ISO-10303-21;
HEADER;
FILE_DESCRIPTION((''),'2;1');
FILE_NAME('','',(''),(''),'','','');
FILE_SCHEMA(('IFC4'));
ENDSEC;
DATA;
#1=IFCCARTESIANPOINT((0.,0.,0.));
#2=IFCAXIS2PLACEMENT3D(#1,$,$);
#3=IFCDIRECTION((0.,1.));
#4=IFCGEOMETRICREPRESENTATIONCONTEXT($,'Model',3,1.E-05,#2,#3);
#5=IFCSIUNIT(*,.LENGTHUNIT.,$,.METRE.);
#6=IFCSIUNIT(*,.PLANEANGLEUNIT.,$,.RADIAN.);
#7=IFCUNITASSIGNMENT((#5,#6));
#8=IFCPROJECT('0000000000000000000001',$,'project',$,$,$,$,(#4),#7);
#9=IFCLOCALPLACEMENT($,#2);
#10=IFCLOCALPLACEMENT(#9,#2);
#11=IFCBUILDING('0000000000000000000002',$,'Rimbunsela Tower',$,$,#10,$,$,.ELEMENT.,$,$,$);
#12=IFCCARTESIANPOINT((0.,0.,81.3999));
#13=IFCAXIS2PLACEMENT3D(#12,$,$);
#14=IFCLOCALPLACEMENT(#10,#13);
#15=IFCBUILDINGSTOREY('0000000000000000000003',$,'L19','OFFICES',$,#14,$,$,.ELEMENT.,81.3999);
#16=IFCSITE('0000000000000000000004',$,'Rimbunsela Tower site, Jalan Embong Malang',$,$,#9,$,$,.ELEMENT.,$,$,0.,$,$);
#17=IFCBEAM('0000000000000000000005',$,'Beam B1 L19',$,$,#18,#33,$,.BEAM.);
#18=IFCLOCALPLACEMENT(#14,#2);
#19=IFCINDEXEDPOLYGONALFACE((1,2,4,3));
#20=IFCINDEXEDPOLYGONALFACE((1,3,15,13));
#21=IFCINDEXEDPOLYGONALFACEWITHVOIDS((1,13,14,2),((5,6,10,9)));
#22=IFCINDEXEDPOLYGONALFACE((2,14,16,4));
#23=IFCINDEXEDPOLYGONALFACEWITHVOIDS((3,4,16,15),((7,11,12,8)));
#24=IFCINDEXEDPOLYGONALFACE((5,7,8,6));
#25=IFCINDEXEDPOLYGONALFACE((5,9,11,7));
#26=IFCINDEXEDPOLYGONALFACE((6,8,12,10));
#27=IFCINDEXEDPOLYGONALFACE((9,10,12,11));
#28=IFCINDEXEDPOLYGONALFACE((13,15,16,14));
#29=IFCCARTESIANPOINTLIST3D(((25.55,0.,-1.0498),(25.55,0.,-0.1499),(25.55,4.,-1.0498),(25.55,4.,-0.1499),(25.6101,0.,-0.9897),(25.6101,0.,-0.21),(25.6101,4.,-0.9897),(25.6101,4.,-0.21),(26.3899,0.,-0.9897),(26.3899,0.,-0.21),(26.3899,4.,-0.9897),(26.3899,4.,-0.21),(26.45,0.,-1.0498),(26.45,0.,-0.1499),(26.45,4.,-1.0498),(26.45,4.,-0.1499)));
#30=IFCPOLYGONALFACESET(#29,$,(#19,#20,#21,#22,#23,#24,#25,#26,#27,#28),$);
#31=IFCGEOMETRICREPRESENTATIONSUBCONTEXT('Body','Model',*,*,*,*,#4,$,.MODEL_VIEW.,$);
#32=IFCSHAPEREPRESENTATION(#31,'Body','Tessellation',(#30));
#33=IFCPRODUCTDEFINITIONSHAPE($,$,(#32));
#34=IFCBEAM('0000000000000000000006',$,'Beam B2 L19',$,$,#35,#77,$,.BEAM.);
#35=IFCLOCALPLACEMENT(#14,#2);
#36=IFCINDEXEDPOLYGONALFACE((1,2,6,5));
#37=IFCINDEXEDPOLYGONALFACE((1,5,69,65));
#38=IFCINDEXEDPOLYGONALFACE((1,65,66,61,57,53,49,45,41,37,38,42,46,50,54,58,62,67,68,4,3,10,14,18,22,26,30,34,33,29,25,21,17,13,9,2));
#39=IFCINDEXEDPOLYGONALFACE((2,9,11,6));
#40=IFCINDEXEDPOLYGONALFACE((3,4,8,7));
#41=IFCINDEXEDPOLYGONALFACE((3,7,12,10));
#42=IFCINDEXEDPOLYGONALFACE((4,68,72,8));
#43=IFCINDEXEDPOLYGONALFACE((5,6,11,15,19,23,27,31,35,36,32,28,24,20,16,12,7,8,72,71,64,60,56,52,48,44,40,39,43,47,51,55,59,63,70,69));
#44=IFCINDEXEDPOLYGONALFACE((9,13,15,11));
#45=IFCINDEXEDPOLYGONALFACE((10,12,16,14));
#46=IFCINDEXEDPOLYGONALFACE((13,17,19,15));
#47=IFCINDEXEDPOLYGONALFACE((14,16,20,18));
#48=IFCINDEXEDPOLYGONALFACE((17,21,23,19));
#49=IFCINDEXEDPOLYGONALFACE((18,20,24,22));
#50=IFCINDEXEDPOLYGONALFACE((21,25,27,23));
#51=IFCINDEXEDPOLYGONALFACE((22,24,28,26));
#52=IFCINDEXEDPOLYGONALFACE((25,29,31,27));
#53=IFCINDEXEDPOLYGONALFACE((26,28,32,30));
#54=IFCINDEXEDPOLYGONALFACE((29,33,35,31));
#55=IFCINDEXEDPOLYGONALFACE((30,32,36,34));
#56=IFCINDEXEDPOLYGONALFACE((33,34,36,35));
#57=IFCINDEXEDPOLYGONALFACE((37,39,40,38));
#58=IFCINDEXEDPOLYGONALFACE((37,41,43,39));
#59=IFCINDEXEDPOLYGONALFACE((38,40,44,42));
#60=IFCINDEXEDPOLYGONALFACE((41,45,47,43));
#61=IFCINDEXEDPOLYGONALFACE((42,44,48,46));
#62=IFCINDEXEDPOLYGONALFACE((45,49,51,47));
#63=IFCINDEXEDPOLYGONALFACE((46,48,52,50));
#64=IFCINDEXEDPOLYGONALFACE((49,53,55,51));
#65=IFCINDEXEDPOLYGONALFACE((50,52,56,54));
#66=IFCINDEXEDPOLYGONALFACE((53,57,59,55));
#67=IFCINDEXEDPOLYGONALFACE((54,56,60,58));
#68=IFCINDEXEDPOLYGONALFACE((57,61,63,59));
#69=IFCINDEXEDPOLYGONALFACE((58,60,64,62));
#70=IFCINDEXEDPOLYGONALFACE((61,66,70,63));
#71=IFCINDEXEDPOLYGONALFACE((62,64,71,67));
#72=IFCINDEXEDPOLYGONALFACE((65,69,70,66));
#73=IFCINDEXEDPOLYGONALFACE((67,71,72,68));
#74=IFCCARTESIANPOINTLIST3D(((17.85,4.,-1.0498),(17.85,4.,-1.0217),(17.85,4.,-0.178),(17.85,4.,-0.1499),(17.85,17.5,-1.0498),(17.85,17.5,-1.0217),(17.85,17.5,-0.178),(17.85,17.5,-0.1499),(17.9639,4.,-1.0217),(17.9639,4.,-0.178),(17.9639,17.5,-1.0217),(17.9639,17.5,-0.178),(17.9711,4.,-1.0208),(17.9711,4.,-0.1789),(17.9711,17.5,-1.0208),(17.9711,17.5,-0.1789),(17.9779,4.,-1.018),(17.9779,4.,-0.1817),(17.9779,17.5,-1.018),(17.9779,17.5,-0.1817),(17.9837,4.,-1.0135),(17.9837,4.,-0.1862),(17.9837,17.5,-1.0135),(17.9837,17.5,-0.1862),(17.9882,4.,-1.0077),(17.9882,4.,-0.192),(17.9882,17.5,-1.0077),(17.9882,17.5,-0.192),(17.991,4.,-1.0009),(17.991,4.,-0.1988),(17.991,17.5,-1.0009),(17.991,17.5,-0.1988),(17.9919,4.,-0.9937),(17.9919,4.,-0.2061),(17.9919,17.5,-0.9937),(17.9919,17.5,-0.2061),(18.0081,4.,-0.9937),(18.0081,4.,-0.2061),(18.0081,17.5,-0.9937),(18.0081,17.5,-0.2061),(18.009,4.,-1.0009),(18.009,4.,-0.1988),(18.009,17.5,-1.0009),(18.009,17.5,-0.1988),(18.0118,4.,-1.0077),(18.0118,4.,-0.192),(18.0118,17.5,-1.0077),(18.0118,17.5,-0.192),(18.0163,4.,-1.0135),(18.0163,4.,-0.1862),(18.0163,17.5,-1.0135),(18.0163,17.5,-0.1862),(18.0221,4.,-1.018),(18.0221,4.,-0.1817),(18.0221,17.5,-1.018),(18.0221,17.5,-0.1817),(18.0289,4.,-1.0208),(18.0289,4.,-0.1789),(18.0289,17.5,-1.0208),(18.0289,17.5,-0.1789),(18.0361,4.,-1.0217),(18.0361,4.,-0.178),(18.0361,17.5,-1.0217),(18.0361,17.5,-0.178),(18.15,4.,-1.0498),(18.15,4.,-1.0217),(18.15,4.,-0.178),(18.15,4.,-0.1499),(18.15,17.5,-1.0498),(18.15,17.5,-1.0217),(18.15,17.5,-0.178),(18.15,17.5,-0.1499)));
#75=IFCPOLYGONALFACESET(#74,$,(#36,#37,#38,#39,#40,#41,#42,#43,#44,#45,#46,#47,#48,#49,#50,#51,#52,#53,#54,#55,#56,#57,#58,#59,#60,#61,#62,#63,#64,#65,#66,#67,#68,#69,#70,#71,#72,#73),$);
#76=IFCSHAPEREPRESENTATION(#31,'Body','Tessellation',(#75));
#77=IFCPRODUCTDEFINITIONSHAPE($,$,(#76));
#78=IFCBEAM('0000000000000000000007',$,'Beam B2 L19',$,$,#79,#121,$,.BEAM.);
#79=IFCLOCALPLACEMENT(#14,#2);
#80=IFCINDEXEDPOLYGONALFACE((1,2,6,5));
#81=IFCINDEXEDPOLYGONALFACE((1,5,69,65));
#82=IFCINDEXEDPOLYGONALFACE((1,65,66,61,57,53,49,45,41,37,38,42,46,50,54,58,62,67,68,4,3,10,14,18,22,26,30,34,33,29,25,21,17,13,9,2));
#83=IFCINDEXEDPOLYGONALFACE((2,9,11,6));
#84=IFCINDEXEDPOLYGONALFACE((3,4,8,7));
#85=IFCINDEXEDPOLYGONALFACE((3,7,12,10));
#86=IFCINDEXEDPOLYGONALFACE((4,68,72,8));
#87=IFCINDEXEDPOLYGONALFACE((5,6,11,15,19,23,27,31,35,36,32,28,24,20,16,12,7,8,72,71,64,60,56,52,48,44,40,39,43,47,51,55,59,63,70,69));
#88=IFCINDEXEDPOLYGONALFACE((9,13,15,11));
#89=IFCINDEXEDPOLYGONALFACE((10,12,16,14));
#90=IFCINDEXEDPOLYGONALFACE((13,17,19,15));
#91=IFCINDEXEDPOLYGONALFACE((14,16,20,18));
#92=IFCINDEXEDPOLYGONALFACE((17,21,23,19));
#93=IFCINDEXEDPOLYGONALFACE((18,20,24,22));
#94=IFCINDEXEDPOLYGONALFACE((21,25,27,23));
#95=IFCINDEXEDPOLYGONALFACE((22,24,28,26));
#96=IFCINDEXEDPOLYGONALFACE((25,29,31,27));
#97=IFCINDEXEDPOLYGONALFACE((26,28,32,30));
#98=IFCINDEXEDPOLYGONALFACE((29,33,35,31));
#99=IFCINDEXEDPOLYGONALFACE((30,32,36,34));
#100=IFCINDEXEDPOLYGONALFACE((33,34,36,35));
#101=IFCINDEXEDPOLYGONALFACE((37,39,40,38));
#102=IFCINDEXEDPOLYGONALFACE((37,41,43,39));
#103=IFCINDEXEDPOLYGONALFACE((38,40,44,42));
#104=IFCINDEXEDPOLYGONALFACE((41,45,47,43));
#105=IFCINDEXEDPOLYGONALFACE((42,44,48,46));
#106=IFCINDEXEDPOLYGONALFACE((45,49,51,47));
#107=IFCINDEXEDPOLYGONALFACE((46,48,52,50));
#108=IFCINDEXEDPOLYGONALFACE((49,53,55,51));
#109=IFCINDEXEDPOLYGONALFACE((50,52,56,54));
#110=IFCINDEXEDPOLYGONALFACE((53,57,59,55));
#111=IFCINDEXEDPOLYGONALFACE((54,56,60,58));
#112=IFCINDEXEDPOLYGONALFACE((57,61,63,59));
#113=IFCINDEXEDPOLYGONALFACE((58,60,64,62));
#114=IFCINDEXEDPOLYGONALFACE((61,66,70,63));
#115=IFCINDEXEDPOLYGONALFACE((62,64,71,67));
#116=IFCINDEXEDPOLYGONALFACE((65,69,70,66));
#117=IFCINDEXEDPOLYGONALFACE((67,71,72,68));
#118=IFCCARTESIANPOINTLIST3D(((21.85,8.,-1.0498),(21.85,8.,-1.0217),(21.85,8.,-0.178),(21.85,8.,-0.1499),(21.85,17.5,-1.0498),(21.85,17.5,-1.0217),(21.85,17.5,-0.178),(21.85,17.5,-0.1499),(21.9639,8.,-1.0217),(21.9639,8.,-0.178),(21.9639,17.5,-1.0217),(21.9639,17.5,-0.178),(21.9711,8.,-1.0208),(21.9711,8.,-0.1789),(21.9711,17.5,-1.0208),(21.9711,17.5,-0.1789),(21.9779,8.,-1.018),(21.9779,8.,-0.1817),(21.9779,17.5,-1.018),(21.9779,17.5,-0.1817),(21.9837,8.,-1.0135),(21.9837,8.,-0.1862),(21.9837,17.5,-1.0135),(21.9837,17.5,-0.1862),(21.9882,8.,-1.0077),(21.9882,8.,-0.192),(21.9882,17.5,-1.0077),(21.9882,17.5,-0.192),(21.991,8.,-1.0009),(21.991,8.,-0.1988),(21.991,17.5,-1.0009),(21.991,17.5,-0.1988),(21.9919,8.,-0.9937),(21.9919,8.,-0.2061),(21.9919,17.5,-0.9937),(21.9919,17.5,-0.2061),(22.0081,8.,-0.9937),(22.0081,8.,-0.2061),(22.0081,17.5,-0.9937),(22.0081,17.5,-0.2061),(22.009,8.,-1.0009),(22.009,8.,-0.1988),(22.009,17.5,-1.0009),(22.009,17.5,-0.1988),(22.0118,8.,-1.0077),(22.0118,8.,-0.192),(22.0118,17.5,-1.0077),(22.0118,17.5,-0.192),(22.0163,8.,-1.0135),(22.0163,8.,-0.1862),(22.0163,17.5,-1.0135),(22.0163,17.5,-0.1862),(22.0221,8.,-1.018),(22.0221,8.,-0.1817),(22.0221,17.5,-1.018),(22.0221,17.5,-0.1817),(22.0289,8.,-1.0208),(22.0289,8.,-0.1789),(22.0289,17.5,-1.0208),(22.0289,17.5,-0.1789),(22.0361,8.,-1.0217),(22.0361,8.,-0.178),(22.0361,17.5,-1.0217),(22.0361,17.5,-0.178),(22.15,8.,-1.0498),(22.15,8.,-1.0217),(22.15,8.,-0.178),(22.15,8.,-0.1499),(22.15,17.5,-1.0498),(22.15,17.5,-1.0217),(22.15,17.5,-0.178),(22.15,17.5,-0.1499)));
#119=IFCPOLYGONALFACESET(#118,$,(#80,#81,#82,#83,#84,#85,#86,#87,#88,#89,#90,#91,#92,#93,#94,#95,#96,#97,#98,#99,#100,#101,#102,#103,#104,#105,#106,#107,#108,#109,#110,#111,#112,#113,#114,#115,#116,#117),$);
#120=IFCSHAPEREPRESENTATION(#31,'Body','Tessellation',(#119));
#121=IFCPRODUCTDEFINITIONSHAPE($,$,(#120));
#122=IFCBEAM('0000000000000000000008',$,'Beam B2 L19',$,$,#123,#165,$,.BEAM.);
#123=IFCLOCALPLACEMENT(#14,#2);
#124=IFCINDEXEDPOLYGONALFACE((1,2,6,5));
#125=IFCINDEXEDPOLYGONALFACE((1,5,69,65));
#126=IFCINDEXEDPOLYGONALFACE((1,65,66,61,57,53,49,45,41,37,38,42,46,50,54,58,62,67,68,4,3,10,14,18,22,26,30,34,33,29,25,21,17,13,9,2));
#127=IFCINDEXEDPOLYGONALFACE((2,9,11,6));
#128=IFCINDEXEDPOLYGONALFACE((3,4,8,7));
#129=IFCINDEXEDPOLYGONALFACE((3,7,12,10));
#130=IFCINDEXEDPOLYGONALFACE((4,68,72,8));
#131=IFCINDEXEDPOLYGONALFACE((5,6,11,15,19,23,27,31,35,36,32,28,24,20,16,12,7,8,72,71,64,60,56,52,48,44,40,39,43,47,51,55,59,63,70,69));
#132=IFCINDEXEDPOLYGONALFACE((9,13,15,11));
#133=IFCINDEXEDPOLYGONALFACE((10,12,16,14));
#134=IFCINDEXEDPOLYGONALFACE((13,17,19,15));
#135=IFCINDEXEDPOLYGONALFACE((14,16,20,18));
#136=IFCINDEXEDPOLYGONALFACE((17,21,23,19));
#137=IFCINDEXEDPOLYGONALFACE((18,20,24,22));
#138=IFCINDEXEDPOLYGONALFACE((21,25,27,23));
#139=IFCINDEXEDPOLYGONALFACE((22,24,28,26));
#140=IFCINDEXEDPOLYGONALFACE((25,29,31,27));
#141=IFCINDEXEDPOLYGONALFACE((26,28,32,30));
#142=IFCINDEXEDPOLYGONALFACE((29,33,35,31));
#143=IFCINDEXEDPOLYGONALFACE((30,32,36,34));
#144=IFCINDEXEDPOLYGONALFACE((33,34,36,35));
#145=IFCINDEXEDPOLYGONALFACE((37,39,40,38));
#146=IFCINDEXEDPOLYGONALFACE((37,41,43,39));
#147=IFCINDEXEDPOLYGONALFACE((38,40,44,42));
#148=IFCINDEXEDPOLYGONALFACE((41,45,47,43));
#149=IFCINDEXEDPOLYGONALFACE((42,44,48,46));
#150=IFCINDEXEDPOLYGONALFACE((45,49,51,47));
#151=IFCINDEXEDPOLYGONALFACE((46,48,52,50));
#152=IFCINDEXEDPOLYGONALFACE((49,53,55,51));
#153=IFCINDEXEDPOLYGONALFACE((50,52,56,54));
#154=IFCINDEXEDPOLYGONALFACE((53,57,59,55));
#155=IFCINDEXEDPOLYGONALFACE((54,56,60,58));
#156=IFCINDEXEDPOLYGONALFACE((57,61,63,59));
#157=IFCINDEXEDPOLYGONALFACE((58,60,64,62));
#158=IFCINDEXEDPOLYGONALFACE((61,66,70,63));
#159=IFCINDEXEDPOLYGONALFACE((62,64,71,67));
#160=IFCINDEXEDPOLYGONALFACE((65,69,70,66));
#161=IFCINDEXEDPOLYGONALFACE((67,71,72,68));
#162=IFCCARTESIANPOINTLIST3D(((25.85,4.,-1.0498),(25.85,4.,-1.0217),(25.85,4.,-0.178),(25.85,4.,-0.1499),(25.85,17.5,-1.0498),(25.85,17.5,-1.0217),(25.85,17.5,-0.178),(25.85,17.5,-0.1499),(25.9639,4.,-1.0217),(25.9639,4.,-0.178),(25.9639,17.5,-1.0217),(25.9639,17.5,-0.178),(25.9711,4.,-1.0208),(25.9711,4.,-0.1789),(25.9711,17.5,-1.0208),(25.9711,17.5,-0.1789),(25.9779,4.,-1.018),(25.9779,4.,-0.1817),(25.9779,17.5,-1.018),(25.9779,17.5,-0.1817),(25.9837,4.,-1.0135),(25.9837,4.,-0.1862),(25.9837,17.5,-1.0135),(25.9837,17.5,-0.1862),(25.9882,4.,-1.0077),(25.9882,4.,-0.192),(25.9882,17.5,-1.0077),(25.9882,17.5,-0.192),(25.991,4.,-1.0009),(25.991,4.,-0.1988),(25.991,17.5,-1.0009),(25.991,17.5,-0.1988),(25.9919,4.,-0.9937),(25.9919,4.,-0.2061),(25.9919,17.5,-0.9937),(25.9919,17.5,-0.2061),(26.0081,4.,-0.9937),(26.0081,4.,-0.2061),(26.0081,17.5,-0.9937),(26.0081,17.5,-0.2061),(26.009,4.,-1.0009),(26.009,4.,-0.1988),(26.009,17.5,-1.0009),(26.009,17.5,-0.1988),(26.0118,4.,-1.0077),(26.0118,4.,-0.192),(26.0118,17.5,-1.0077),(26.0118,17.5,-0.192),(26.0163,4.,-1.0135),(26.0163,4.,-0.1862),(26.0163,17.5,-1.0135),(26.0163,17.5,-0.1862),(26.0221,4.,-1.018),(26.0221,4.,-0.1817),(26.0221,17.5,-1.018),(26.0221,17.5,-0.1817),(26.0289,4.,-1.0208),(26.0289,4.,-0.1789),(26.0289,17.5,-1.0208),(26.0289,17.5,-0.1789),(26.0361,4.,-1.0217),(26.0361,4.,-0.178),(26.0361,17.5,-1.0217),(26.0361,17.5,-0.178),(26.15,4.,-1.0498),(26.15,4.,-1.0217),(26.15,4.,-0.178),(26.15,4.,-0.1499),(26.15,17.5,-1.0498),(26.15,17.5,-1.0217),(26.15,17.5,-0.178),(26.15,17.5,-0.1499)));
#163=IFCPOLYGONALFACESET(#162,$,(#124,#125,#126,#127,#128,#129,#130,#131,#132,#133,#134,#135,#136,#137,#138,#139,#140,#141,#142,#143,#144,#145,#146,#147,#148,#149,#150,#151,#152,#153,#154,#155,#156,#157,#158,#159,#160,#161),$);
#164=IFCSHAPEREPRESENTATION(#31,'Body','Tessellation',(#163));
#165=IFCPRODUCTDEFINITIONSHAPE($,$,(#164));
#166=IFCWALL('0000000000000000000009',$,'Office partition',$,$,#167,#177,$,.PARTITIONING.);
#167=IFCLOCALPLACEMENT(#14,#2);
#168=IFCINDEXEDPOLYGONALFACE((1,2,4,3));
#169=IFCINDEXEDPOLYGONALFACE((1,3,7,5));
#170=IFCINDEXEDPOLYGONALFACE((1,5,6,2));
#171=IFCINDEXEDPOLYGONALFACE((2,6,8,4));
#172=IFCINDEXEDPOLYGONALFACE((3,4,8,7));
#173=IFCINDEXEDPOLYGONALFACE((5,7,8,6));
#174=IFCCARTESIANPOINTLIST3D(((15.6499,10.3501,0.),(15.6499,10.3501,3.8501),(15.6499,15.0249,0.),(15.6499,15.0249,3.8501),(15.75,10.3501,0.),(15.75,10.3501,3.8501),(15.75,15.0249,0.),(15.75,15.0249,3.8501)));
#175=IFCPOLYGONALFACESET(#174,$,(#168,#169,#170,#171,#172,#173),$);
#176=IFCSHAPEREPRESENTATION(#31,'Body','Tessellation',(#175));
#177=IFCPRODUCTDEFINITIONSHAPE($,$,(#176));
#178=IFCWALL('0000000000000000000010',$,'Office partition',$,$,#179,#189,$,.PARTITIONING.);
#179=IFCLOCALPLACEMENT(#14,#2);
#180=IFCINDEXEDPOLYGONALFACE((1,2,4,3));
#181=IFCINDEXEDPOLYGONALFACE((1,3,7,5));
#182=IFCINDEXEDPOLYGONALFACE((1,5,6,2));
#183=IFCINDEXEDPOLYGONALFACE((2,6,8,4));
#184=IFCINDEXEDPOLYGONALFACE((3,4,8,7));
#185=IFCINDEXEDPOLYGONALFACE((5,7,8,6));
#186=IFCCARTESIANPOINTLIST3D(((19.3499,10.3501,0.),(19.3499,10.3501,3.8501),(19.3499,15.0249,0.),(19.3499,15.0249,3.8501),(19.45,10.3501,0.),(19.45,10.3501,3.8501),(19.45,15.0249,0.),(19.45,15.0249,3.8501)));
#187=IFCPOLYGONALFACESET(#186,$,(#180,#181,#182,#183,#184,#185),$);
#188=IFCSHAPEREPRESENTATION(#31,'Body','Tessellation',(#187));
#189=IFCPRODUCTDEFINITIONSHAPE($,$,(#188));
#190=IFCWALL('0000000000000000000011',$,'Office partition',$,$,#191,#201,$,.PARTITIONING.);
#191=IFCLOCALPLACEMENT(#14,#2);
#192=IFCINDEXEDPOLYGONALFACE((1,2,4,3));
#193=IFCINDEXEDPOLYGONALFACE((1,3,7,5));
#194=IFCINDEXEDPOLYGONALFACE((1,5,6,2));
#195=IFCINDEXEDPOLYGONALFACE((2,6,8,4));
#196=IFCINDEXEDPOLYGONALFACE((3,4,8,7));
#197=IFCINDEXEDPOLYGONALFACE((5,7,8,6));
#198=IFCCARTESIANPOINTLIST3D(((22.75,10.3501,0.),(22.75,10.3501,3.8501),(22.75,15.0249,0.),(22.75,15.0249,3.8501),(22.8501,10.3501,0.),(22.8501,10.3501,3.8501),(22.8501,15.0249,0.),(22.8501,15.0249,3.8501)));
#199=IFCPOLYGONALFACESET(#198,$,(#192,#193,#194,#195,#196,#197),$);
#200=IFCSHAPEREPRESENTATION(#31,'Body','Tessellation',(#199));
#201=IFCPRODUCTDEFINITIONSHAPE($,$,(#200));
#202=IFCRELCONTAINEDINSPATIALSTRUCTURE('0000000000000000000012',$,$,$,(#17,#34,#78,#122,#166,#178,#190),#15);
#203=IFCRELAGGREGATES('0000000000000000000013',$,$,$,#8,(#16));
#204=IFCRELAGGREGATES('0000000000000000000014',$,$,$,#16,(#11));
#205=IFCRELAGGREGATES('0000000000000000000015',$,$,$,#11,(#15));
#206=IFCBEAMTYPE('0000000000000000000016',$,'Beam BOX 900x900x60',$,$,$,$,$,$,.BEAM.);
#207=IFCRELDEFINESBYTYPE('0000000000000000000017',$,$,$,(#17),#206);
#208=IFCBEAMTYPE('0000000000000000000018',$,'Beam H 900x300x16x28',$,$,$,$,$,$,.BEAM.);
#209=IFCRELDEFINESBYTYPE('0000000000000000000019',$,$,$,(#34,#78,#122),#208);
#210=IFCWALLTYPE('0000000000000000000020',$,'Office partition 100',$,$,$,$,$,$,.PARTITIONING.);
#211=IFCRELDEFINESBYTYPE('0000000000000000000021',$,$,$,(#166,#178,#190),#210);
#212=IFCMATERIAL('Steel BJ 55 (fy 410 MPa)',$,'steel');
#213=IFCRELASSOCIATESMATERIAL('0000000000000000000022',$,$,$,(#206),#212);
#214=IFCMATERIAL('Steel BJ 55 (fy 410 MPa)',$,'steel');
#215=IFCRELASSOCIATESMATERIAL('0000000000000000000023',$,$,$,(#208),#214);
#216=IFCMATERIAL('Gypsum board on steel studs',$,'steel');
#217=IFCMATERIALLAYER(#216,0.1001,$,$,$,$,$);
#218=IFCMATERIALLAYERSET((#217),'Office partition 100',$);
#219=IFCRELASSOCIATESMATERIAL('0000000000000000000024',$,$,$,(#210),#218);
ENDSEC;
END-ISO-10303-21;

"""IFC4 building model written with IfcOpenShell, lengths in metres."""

from ifc_helpers import new_model, si_unit, direction, frame, frame_2d, origin, origin_2d, place, context, subcontext, project, spatial, rectangle, hollow_rectangle, i_section, extrude, material, layer, layer_set, material_profile, profile_set, type_object, element, save


model = new_model("IFC4")

# Units and contexts
model_context = context("Model", 3, precision=1e-05, world=origin(), true_north=direction((0.0, 1.0)))
body_context = subcontext(model_context, "Body", "Model", "MODEL_VIEW")
ifc_project = project(units=[si_unit("LENGTHUNIT", "METRE"), si_unit("PLANEANGLEUNIT", "RADIAN")], contexts=[model_context])

# Site, building, storey
site_placement = place(None, origin())
site = spatial("IfcSite", under=ifc_project, at=site_placement, Name="Rimbunsela Tower site, Jalan Embong Malang", CompositionType="ELEMENT", RefElevation=0.0)
building_placement = place(site_placement, origin())
building = spatial("IfcBuilding", under=site, at=building_placement, Name="Rimbunsela Tower", CompositionType="ELEMENT")
storey_placement = place(building_placement, frame((0.0, 0.0, 81.3999)))
storey = spatial("IfcBuildingStorey", under=building, at=storey_placement, Name="L19", Description="OFFICES", CompositionType="ELEMENT", Elevation=81.3999)

# Beams
ifc_material_1 = material(Name="Steel BJ 55 (fy 410 MPa)", Category="steel")
ifc_material_profile_1 = material_profile(ifc_material_1, hollow_rectangle(XDim=0.8999, YDim=0.8999, WallThickness=0.0601, at=origin_2d()), Name="BOX 900x900x60")
ifc_profile_set_1 = profile_set([ifc_material_profile_1], Name="Steel BJ 55 (fy 410 MPa)")
beam_type_1 = type_object("IfcBeamType", Name="Beam BOX 900x900x60", PredefinedType="BEAM", material=ifc_profile_set_1)
beam_1_placement = place(storey_placement, frame((26.0, 0.0, -0.5999), z_axis=(0.0, 1.0, 0.0), x_axis=(-1.0, 0.0, 0.0)))
element("IfcBeam", 1, at=beam_1_placement, inside=storey, type_object=beam_type_1, Name="Beam B1 L19", PredefinedType="BEAM", context=body_context, shape_type="SweptSolid", body=[
    extrude(hollow_rectangle(XDim=0.8999, YDim=0.8999, WallThickness=0.0601, at=origin_2d()), origin(), (0.0, 0.0, 1.0), 4.0),
])
ifc_material_2 = material(Name="Steel BJ 55 (fy 410 MPa)", Category="steel")
ifc_material_profile_2 = material_profile(ifc_material_2, i_section(OverallWidth=0.3, OverallDepth=0.8999, WebThickness=0.0161, FlangeThickness=0.0281, FilletRadius=0.0281, at=origin_2d()), Name="H 900x300x16x28")
ifc_profile_set_2 = profile_set([ifc_material_profile_2], Name="Steel BJ 55 (fy 410 MPa)")
beam_type_2 = type_object("IfcBeamType", Name="Beam H 900x300x16x28", PredefinedType="BEAM", material=ifc_profile_set_2)
beam_2_placement = place(storey_placement, frame((18.0, 4.0, -0.5999), z_axis=(0.0, 1.0, 0.0), x_axis=(-1.0, 0.0, 0.0)))
element("IfcBeam", 2, at=beam_2_placement, inside=storey, type_object=beam_type_2, Name="Beam B2 L19", PredefinedType="BEAM", context=body_context, shape_type="SweptSolid", body=[
    extrude(i_section(OverallWidth=0.3, OverallDepth=0.8999, WebThickness=0.0161, FlangeThickness=0.0281, FilletRadius=0.0281, at=origin_2d()), origin(), (0.0, 0.0, 1.0), 13.5),
])
beam_3_placement = place(storey_placement, frame((22.0, 8.0, -0.5999), z_axis=(0.0, 1.0, 0.0), x_axis=(-1.0, 0.0, 0.0)))
element("IfcBeam", 3, at=beam_3_placement, inside=storey, type_object=beam_type_2, Name="Beam B2 L19", PredefinedType="BEAM", context=body_context, shape_type="SweptSolid", body=[
    extrude(i_section(OverallWidth=0.3, OverallDepth=0.8999, WebThickness=0.0161, FlangeThickness=0.0281, FilletRadius=0.0281, at=origin_2d()), origin(), (0.0, 0.0, 1.0), 9.5),
])
beam_4_placement = place(storey_placement, frame((26.0, 4.0, -0.5999), z_axis=(0.0, 1.0, 0.0), x_axis=(-1.0, 0.0, 0.0)))
element("IfcBeam", 4, at=beam_4_placement, inside=storey, type_object=beam_type_2, Name="Beam B2 L19", PredefinedType="BEAM", context=body_context, shape_type="SweptSolid", body=[
    extrude(i_section(OverallWidth=0.3, OverallDepth=0.8999, WebThickness=0.0161, FlangeThickness=0.0281, FilletRadius=0.0281, at=origin_2d()), origin(), (0.0, 0.0, 1.0), 13.5),
])

# Walls
ifc_material_3 = material(Name="Gypsum board on steel studs", Category="steel")
ifc_layer_1 = layer(ifc_material_3, 0.1001)
ifc_layer_set_1 = layer_set([ifc_layer_1], Name="Office partition 100")
wall_type_1 = type_object("IfcWallType", Name="Office partition 100", PredefinedType="PARTITIONING", material=ifc_layer_set_1)
for number, where, z_axis, x_axis, name in (
    (5, (15.7, 10.3501, 0.0), (0.0, 0.0, 1.0), (0.0, 1.0, 0.0), "Office partition"),
    (6, (19.3999, 10.3501, 0.0), (0.0, 0.0, 1.0), (0.0, 1.0, 0.0), "Office partition"),
    (7, (22.8, 10.3501, 0.0), (0.0, 0.0, 1.0), (0.0, 1.0, 0.0), "Office partition"),
):
    element("IfcWall", number, at=place(storey_placement, frame(where, z_axis=z_axis, x_axis=x_axis)), inside=storey, type_object=wall_type_1, Name=name, PredefinedType="PARTITIONING", context=body_context, shape_type="SweptSolid", body=[
        extrude(rectangle(XDim=4.6748, YDim=0.1001, at=frame_2d((2.3374, 0.0))), origin(), (0.0, 0.0, 1.0), 3.8501),
    ])

save(model, "model.ifc")
